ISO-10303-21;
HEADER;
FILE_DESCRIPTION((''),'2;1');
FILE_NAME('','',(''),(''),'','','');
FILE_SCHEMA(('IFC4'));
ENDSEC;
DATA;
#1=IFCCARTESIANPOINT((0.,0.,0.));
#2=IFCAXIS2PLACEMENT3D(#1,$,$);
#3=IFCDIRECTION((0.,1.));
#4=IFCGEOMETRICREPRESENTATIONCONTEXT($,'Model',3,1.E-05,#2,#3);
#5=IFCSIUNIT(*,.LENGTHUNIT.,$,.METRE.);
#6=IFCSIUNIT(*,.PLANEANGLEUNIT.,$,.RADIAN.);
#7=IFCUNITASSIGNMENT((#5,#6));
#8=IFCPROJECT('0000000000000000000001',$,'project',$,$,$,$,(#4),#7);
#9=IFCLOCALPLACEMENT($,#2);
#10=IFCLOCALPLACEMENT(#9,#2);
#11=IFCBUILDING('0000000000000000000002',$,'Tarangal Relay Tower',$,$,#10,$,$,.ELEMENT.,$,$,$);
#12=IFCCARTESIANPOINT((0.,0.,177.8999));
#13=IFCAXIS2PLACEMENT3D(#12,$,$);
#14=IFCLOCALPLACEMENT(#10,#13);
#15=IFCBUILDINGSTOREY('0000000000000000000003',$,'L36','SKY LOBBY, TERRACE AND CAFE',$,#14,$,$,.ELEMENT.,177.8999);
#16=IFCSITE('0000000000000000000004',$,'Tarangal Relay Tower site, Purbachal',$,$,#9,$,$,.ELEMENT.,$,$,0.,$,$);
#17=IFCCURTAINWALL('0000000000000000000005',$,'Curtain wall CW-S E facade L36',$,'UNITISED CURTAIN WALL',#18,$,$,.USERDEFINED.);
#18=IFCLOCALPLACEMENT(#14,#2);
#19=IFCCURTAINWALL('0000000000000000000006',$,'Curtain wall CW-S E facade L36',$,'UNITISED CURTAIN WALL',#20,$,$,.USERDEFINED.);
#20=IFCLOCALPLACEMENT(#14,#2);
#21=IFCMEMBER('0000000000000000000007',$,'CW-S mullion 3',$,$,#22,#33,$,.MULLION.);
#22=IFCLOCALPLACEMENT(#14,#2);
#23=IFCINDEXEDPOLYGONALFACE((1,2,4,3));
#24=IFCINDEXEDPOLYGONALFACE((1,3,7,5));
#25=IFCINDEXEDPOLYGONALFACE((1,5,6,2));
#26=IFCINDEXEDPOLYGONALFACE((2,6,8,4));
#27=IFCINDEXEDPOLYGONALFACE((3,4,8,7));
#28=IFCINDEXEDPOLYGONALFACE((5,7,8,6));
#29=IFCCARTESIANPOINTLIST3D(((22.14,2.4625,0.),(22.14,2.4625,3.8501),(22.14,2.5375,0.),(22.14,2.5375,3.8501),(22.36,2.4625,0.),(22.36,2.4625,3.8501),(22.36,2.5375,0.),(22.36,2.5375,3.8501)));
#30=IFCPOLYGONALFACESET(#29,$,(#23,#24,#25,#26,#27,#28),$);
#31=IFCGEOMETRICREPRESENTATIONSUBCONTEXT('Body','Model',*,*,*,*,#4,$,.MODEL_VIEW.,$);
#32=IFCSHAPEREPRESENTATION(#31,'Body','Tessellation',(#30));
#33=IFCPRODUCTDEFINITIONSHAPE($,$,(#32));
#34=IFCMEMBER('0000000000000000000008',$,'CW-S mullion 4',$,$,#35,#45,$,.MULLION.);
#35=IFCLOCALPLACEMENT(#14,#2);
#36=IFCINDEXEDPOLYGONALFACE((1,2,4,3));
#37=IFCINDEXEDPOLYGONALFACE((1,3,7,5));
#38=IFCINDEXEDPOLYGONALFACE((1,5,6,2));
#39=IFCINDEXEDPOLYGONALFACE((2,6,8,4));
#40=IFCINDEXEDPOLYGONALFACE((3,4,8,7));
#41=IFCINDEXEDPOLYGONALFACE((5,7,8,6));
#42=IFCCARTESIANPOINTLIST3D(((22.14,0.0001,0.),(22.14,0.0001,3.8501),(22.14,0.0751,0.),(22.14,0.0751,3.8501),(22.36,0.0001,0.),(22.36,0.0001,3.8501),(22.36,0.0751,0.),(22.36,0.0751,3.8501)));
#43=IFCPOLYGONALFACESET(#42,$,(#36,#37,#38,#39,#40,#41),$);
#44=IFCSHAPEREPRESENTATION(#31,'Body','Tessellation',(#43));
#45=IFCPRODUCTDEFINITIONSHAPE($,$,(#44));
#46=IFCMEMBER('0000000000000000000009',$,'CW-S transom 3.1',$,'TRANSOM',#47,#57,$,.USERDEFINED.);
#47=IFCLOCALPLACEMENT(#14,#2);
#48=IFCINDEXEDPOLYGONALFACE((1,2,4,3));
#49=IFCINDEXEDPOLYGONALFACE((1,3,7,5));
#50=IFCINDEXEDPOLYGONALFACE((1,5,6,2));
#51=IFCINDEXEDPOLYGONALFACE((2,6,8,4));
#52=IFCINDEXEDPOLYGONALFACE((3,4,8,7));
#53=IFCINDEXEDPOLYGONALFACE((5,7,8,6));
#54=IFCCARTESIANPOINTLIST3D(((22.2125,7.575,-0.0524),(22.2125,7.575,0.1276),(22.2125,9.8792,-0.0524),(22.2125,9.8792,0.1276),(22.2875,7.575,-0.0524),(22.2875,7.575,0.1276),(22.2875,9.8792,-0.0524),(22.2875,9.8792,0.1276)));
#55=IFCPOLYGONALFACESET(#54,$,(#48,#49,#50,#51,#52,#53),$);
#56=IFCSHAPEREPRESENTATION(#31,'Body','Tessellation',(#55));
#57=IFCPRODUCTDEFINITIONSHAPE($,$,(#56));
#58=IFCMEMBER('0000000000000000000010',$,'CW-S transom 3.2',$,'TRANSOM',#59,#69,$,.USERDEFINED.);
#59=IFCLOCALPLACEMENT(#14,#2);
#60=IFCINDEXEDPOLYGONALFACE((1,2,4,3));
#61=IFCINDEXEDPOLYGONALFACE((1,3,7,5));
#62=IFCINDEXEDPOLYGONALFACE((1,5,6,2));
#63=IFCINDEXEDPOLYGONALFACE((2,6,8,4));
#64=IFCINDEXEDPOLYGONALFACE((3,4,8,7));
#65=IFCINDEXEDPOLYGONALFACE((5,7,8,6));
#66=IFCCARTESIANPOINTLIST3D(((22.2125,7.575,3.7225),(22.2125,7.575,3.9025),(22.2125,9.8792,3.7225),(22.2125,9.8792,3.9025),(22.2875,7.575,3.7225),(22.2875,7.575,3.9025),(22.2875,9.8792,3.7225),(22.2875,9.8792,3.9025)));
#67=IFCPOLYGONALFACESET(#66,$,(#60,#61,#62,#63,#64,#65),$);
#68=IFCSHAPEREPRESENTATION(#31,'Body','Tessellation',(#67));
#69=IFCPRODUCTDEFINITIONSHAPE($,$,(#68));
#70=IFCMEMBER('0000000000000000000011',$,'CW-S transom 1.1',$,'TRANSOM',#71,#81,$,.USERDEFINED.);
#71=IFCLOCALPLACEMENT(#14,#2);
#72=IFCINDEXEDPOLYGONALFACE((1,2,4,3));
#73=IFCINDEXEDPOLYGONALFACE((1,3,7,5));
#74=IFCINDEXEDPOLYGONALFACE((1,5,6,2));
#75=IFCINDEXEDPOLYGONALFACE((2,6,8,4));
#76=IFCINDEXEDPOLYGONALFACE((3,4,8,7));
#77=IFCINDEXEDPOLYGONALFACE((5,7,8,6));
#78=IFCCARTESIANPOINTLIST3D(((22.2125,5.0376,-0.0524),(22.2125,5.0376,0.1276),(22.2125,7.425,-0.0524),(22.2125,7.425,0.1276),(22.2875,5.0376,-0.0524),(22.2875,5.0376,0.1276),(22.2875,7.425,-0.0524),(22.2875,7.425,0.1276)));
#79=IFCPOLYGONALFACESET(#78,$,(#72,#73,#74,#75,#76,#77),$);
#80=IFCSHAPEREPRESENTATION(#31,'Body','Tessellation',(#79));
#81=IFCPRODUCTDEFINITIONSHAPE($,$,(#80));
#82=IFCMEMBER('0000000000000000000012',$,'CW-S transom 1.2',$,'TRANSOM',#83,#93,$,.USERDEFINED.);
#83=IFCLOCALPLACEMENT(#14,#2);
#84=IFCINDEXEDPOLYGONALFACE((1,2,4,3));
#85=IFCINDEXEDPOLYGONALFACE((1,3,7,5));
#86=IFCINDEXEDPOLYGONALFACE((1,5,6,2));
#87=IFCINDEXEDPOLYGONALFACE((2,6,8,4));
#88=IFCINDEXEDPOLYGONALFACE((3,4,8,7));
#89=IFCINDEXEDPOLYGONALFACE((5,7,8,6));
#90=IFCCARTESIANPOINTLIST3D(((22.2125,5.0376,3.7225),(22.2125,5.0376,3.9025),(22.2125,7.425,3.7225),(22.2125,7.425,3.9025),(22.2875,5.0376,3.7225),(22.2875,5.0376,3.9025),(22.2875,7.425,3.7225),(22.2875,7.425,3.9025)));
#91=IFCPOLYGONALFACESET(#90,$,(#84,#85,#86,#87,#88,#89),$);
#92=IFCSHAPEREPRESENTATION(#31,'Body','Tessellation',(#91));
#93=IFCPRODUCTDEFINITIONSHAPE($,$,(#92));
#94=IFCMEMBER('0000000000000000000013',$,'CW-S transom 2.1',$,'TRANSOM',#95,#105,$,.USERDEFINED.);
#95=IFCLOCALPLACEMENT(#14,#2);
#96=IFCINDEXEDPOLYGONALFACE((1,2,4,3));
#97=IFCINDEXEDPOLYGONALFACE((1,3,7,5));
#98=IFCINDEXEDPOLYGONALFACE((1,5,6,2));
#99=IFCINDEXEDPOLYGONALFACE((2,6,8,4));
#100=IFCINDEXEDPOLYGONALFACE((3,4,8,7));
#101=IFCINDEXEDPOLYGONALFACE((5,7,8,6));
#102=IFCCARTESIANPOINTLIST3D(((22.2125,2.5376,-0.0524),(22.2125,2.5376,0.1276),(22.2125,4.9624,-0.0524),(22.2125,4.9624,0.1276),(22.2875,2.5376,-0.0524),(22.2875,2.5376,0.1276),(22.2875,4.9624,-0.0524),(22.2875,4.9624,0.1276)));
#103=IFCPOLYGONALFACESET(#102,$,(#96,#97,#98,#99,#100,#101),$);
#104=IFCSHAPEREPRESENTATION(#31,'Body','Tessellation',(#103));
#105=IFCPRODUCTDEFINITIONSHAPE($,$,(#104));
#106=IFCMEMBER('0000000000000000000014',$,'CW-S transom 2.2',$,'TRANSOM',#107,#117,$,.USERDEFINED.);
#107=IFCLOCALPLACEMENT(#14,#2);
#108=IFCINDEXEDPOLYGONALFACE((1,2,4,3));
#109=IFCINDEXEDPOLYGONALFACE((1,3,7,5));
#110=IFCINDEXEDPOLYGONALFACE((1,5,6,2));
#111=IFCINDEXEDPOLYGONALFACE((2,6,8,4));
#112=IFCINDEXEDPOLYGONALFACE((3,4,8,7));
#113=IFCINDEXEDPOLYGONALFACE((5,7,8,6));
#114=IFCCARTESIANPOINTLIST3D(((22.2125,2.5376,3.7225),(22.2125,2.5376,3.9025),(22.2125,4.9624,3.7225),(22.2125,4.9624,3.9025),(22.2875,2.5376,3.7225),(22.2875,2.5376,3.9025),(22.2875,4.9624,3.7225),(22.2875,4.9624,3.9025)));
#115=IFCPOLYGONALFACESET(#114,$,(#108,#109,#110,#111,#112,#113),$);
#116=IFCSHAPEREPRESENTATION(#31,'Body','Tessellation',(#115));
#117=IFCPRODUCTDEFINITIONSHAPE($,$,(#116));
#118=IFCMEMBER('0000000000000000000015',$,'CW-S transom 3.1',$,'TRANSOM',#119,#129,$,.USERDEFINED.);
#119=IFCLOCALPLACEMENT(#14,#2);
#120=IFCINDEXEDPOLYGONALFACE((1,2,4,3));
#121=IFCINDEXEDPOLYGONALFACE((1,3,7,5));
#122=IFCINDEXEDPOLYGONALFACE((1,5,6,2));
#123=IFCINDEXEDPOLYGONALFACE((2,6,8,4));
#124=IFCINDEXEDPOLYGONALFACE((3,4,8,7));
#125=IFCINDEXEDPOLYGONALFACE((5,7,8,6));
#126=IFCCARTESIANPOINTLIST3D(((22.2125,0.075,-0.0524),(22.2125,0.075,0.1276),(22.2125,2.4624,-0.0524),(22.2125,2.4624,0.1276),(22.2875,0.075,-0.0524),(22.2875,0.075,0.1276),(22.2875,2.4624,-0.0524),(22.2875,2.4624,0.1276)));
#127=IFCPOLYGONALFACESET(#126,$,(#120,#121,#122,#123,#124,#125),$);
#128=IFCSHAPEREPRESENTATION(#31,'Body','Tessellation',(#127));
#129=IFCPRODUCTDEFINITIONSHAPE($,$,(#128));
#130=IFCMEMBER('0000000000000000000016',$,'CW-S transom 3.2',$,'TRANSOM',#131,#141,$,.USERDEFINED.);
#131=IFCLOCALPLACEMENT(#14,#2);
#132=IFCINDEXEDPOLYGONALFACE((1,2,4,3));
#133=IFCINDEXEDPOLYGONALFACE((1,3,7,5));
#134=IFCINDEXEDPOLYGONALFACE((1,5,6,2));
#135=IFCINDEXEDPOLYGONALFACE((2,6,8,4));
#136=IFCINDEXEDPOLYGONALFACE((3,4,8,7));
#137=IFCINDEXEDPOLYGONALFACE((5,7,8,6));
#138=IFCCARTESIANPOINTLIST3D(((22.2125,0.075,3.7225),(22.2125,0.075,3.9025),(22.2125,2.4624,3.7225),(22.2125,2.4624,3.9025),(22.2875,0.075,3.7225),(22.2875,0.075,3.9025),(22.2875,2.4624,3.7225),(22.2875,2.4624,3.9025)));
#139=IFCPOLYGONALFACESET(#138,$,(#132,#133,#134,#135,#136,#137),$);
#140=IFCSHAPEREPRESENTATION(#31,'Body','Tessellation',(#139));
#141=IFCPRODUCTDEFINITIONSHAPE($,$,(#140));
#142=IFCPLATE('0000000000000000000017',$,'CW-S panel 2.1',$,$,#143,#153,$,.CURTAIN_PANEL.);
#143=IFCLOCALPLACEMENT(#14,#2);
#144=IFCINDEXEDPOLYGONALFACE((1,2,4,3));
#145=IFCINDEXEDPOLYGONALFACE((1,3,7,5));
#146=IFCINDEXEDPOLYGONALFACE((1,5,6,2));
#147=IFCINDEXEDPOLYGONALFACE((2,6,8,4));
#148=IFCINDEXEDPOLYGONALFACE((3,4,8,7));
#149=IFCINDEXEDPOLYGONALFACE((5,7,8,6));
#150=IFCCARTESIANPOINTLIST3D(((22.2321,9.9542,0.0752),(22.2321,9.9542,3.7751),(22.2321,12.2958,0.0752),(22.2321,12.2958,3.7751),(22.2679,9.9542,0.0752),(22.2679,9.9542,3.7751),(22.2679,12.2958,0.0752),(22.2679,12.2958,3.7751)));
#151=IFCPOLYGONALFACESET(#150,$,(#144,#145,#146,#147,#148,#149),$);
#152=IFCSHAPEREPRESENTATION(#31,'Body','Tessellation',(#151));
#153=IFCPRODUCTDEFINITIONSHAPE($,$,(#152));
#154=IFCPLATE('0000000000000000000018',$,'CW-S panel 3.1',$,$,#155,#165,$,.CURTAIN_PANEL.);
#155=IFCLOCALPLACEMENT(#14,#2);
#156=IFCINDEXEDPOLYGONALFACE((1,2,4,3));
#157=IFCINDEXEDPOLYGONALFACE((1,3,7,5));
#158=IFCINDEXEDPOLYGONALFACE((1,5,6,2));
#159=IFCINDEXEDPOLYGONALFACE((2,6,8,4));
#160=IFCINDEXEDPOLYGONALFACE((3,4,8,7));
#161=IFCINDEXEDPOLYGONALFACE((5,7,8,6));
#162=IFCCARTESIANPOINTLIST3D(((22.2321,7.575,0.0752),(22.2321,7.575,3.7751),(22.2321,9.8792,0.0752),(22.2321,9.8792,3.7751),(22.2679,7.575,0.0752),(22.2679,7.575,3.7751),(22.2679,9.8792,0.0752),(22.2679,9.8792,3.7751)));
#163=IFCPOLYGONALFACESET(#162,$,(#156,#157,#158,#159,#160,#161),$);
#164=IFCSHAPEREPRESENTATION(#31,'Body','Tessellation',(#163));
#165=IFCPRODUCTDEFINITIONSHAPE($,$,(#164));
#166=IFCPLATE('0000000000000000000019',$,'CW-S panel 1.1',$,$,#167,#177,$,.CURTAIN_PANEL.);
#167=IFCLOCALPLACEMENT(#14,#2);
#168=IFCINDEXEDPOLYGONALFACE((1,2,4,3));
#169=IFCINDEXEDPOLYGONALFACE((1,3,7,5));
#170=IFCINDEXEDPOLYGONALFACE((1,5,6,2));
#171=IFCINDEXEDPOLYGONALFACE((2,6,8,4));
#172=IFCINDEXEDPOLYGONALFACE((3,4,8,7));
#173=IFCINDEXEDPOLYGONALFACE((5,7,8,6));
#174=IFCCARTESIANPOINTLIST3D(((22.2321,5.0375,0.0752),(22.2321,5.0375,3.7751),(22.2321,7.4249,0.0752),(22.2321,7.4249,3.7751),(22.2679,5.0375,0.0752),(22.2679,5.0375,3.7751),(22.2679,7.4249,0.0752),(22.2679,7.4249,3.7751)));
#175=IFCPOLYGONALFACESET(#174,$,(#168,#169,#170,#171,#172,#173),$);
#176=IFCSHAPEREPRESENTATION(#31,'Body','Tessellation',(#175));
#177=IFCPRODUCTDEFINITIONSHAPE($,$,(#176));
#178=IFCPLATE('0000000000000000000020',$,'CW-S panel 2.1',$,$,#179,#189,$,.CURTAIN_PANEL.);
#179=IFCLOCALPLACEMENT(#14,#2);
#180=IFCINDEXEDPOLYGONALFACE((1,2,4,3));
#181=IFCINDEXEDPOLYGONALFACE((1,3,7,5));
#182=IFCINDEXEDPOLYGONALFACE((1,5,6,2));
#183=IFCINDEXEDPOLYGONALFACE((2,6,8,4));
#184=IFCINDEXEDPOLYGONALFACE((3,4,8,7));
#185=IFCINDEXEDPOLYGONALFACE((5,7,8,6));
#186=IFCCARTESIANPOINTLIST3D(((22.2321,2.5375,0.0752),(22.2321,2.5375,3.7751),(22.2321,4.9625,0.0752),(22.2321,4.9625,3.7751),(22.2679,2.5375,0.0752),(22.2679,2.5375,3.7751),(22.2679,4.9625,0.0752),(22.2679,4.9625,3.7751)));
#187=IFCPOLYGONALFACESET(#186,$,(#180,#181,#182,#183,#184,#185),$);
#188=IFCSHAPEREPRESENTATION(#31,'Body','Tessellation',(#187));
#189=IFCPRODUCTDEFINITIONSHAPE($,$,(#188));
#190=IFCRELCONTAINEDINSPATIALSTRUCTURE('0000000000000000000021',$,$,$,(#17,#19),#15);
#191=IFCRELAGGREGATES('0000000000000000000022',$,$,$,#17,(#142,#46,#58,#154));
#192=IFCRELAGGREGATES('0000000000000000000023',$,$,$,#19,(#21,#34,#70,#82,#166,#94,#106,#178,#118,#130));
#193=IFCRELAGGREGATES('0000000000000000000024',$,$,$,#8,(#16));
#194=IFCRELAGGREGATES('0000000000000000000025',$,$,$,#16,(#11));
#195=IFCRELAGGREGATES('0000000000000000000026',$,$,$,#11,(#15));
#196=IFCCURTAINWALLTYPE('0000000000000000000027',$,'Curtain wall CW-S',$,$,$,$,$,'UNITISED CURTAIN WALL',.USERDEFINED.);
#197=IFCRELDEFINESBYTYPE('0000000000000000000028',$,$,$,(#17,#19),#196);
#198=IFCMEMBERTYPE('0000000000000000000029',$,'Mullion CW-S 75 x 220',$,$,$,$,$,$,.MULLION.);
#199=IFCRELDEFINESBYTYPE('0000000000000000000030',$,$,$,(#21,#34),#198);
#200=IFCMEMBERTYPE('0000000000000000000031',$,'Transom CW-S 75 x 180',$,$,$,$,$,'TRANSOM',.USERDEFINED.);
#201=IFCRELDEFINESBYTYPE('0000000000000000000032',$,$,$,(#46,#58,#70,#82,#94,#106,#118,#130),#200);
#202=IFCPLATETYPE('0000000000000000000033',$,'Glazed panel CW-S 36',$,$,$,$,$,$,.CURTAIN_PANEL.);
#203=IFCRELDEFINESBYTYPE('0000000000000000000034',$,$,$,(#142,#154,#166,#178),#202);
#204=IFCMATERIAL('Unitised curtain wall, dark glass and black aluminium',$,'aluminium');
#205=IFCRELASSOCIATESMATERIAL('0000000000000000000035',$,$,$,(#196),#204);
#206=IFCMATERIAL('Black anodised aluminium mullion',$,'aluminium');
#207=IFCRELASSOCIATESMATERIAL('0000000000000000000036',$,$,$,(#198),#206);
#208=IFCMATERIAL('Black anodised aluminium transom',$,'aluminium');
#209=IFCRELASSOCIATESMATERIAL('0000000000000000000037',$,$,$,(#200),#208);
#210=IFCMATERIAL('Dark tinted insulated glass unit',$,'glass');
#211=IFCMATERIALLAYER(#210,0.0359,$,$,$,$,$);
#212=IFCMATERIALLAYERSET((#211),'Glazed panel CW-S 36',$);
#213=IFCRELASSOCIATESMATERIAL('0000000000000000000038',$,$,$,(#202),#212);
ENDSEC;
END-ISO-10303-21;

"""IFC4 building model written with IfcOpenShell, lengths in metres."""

from ifc_helpers import new_model, si_unit, direction, frame, origin, origin_2d, place, context, subcontext, project, spatial, rectangle, extrude, material, layer, layer_set, material_profile, profile_set, type_object, element, aggregate, save


model = new_model("IFC4")

# Units and contexts
model_context = context("Model", 3, precision=1e-05, world=origin(), true_north=direction((0.0, 1.0)))
body_context = subcontext(model_context, "Body", "Model", "MODEL_VIEW")
ifc_project = project(units=[si_unit("LENGTHUNIT", "METRE"), si_unit("PLANEANGLEUNIT", "RADIAN")], contexts=[model_context])

# Site, building, storey
site_placement = place(None, origin())
site = spatial("IfcSite", under=ifc_project, at=site_placement, Name="Tarangal Relay Tower site, Purbachal", CompositionType="ELEMENT", RefElevation=0.0)
building_placement = place(site_placement, origin())
building = spatial("IfcBuilding", under=site, at=building_placement, Name="Tarangal Relay Tower", CompositionType="ELEMENT")
storey_placement = place(building_placement, frame((0.0, 0.0, 177.8999)))
storey = spatial("IfcBuildingStorey", under=building, at=storey_placement, Name="L36", Description="SKY LOBBY, TERRACE AND CAFE", CompositionType="ELEMENT", Elevation=177.8999)

# Curtain walls, members
ifc_material_1 = material(Name="Unitised curtain wall, dark glass and black aluminium", Category="aluminium")
curtain_wall_type = type_object("IfcCurtainWallType", Name="Curtain wall CW-S", ElementType="UNITISED CURTAIN WALL", PredefinedType="USERDEFINED", material=ifc_material_1)
curtain_wall_1_placement = place(storey_placement, origin())
curtain_wall_1 = element("IfcCurtainWall", 1, at=curtain_wall_1_placement, inside=storey, type_object=curtain_wall_type, Name="Curtain wall CW-S E facade L36", ObjectType="UNITISED CURTAIN WALL", PredefinedType="USERDEFINED")
ifc_material_2 = material(Name="Black anodised aluminium mullion", Category="aluminium")
ifc_material_profile_1 = material_profile(ifc_material_2, rectangle(XDim=0.22, YDim=0.075, at=origin_2d()), Name="CW-SM 75X220")
ifc_profile_set_1 = profile_set([ifc_material_profile_1], Name="Black anodised aluminium mullion")
member_type_1 = type_object("IfcMemberType", Name="Mullion CW-S 75 x 220", PredefinedType="MULLION", material=ifc_profile_set_1)
curtain_wall_2_placement = place(storey_placement, origin())
curtain_wall_2 = element("IfcCurtainWall", 2, at=curtain_wall_2_placement, inside=storey, type_object=curtain_wall_type, Name="Curtain wall CW-S E facade L36", ObjectType="UNITISED CURTAIN WALL", PredefinedType="USERDEFINED")
member_1_placement = place(storey_placement, frame((22.25, 2.5, 0.0), z_axis=(0.0, 0.0, 1.0), x_axis=(1.0, 0.0, 0.0)))
member_1 = element("IfcMember", 3, at=member_1_placement, type_object=member_type_1, Name="CW-S mullion 3", PredefinedType="MULLION", context=body_context, shape_type="SweptSolid", body=[
    extrude(rectangle(XDim=0.22, YDim=0.075, at=origin_2d()), origin(), (0.0, 0.0, 1.0), 3.8501),
])
member_2_placement = place(storey_placement, frame((22.25, 0.0376, 0.0), z_axis=(0.0, 0.0, 1.0), x_axis=(1.0, 0.0, 0.0)))
member_2 = element("IfcMember", 4, at=member_2_placement, type_object=member_type_1, Name="CW-S mullion 4", PredefinedType="MULLION", context=body_context, shape_type="SweptSolid", body=[
    extrude(rectangle(XDim=0.22, YDim=0.075, at=origin_2d()), origin(), (0.0, 0.0, 1.0), 3.8501),
])

# Members
ifc_material_3 = material(Name="Black anodised aluminium transom", Category="aluminium")
ifc_material_profile_2 = material_profile(ifc_material_3, rectangle(XDim=0.075, YDim=0.1799, at=origin_2d()), Name="CW-ST 75X180")
ifc_profile_set_2 = profile_set([ifc_material_profile_2], Name="Black anodised aluminium transom")
member_type_2 = type_object("IfcMemberType", Name="Transom CW-S 75 x 180", ElementType="TRANSOM", PredefinedType="USERDEFINED", material=ifc_profile_set_2)
member_3_placement = place(storey_placement, frame((22.25, 9.8792, 0.0376), z_axis=(0.0, -1.0, 0.0), x_axis=(1.0, 0.0, 0.0)))
member_3 = element("IfcMember", 5, at=member_3_placement, type_object=member_type_2, Name="CW-S transom 3.1", ObjectType="TRANSOM", PredefinedType="USERDEFINED", context=body_context, shape_type="SweptSolid", body=[
    extrude(rectangle(XDim=0.075, YDim=0.1799, at=origin_2d()), origin(), (0.0, 0.0, 1.0), 2.3042),
])
member_4_placement = place(storey_placement, frame((22.25, 9.8792, 3.8125), z_axis=(0.0, -1.0, 0.0), x_axis=(1.0, 0.0, 0.0)))
member_4 = element("IfcMember", 6, at=member_4_placement, type_object=member_type_2, Name="CW-S transom 3.2", ObjectType="TRANSOM", PredefinedType="USERDEFINED", context=body_context, shape_type="SweptSolid", body=[
    extrude(rectangle(XDim=0.075, YDim=0.1799, at=origin_2d()), origin(), (0.0, 0.0, 1.0), 2.3042),
])
member_5_placement = place(storey_placement, frame((22.25, 7.425, 0.0376), z_axis=(0.0, -1.0, 0.0), x_axis=(1.0, 0.0, 0.0)))
member_5 = element("IfcMember", 7, at=member_5_placement, type_object=member_type_2, Name="CW-S transom 1.1", ObjectType="TRANSOM", PredefinedType="USERDEFINED", context=body_context, shape_type="SweptSolid", body=[
    extrude(rectangle(XDim=0.075, YDim=0.1799, at=origin_2d()), origin(), (0.0, 0.0, 1.0), 2.3875),
])
member_6_placement = place(storey_placement, frame((22.25, 7.425, 3.8125), z_axis=(0.0, -1.0, 0.0), x_axis=(1.0, 0.0, 0.0)))
member_6 = element("IfcMember", 8, at=member_6_placement, type_object=member_type_2, Name="CW-S transom 1.2", ObjectType="TRANSOM", PredefinedType="USERDEFINED", context=body_context, shape_type="SweptSolid", body=[
    extrude(rectangle(XDim=0.075, YDim=0.1799, at=origin_2d()), origin(), (0.0, 0.0, 1.0), 2.3875),
])
member_7_placement = place(storey_placement, frame((22.25, 4.9624, 0.0376), z_axis=(0.0, -1.0, 0.0), x_axis=(1.0, 0.0, 0.0)))
member_7 = element("IfcMember", 9, at=member_7_placement, type_object=member_type_2, Name="CW-S transom 2.1", ObjectType="TRANSOM", PredefinedType="USERDEFINED", context=body_context, shape_type="SweptSolid", body=[
    extrude(rectangle(XDim=0.075, YDim=0.1799, at=origin_2d()), origin(), (0.0, 0.0, 1.0), 2.4248),
])
member_8_placement = place(storey_placement, frame((22.25, 4.9624, 3.8125), z_axis=(0.0, -1.0, 0.0), x_axis=(1.0, 0.0, 0.0)))
member_8 = element("IfcMember", 10, at=member_8_placement, type_object=member_type_2, Name="CW-S transom 2.2", ObjectType="TRANSOM", PredefinedType="USERDEFINED", context=body_context, shape_type="SweptSolid", body=[
    extrude(rectangle(XDim=0.075, YDim=0.1799, at=origin_2d()), origin(), (0.0, 0.0, 1.0), 2.4248),
])
member_9_placement = place(storey_placement, frame((22.25, 2.4624, 0.0376), z_axis=(0.0, -1.0, 0.0), x_axis=(1.0, 0.0, 0.0)))
member_9 = element("IfcMember", 11, at=member_9_placement, type_object=member_type_2, Name="CW-S transom 3.1", ObjectType="TRANSOM", PredefinedType="USERDEFINED", context=body_context, shape_type="SweptSolid", body=[
    extrude(rectangle(XDim=0.075, YDim=0.1799, at=origin_2d()), origin(), (0.0, 0.0, 1.0), 2.3875),
])
member_10_placement = place(storey_placement, frame((22.25, 2.4624, 3.8125), z_axis=(0.0, -1.0, 0.0), x_axis=(1.0, 0.0, 0.0)))
member_10 = element("IfcMember", 12, at=member_10_placement, type_object=member_type_2, Name="CW-S transom 3.2", ObjectType="TRANSOM", PredefinedType="USERDEFINED", context=body_context, shape_type="SweptSolid", body=[
    extrude(rectangle(XDim=0.075, YDim=0.1799, at=origin_2d()), origin(), (0.0, 0.0, 1.0), 2.3875),
])

# Plates
ifc_material_4 = material(Name="Dark tinted insulated glass unit", Category="glass")
ifc_layer_1 = layer(ifc_material_4, 0.0359)
ifc_layer_set_1 = layer_set([ifc_layer_1], Name="Glazed panel CW-S 36")
plate_type = type_object("IfcPlateType", Name="Glazed panel CW-S 36", PredefinedType="CURTAIN_PANEL", material=ifc_layer_set_1)
plate_1_placement = place(storey_placement, frame((22.25, 11.125, 0.0752), z_axis=(0.0, 0.0, 1.0), x_axis=(0.0, -1.0, 0.0)))
plate_1 = element("IfcPlate", 13, at=plate_1_placement, type_object=plate_type, Name="CW-S panel 2.1", PredefinedType="CURTAIN_PANEL", context=body_context, shape_type="SweptSolid", body=[
    extrude(rectangle(XDim=2.3416, YDim=0.0359, at=origin_2d()), origin(), (0.0, 0.0, 1.0), 3.7),
])
plate_2_placement = place(storey_placement, frame((22.25, 8.7271, 0.0752), z_axis=(0.0, 0.0, 1.0), x_axis=(0.0, -1.0, 0.0)))
plate_2 = element("IfcPlate", 14, at=plate_2_placement, type_object=plate_type, Name="CW-S panel 3.1", PredefinedType="CURTAIN_PANEL", context=body_context, shape_type="SweptSolid", body=[
    extrude(rectangle(XDim=2.3042, YDim=0.0359, at=origin_2d()), origin(), (0.0, 0.0, 1.0), 3.7),
])
aggregate(curtain_wall_1, [plate_1, member_3, member_4, plate_2])
plate_3_placement = place(storey_placement, frame((22.25, 6.2312, 0.0752), z_axis=(0.0, 0.0, 1.0), x_axis=(0.0, -1.0, 0.0)))
plate_3 = element("IfcPlate", 15, at=plate_3_placement, type_object=plate_type, Name="CW-S panel 1.1", PredefinedType="CURTAIN_PANEL", context=body_context, shape_type="SweptSolid", body=[
    extrude(rectangle(XDim=2.3875, YDim=0.0359, at=origin_2d()), origin(), (0.0, 0.0, 1.0), 3.7),
])
plate_4_placement = place(storey_placement, frame((22.25, 3.75, 0.0752), z_axis=(0.0, 0.0, 1.0), x_axis=(0.0, -1.0, 0.0)))
plate_4 = element("IfcPlate", 16, at=plate_4_placement, type_object=plate_type, Name="CW-S panel 2.1", PredefinedType="CURTAIN_PANEL", context=body_context, shape_type="SweptSolid", body=[
    extrude(rectangle(XDim=2.425, YDim=0.0359, at=origin_2d()), origin(), (0.0, 0.0, 1.0), 3.7),
])
aggregate(curtain_wall_2, [member_1, member_2, member_5, member_6, plate_3, member_7, member_8, plate_4, member_9, member_10])

save(model, "model.ifc")
